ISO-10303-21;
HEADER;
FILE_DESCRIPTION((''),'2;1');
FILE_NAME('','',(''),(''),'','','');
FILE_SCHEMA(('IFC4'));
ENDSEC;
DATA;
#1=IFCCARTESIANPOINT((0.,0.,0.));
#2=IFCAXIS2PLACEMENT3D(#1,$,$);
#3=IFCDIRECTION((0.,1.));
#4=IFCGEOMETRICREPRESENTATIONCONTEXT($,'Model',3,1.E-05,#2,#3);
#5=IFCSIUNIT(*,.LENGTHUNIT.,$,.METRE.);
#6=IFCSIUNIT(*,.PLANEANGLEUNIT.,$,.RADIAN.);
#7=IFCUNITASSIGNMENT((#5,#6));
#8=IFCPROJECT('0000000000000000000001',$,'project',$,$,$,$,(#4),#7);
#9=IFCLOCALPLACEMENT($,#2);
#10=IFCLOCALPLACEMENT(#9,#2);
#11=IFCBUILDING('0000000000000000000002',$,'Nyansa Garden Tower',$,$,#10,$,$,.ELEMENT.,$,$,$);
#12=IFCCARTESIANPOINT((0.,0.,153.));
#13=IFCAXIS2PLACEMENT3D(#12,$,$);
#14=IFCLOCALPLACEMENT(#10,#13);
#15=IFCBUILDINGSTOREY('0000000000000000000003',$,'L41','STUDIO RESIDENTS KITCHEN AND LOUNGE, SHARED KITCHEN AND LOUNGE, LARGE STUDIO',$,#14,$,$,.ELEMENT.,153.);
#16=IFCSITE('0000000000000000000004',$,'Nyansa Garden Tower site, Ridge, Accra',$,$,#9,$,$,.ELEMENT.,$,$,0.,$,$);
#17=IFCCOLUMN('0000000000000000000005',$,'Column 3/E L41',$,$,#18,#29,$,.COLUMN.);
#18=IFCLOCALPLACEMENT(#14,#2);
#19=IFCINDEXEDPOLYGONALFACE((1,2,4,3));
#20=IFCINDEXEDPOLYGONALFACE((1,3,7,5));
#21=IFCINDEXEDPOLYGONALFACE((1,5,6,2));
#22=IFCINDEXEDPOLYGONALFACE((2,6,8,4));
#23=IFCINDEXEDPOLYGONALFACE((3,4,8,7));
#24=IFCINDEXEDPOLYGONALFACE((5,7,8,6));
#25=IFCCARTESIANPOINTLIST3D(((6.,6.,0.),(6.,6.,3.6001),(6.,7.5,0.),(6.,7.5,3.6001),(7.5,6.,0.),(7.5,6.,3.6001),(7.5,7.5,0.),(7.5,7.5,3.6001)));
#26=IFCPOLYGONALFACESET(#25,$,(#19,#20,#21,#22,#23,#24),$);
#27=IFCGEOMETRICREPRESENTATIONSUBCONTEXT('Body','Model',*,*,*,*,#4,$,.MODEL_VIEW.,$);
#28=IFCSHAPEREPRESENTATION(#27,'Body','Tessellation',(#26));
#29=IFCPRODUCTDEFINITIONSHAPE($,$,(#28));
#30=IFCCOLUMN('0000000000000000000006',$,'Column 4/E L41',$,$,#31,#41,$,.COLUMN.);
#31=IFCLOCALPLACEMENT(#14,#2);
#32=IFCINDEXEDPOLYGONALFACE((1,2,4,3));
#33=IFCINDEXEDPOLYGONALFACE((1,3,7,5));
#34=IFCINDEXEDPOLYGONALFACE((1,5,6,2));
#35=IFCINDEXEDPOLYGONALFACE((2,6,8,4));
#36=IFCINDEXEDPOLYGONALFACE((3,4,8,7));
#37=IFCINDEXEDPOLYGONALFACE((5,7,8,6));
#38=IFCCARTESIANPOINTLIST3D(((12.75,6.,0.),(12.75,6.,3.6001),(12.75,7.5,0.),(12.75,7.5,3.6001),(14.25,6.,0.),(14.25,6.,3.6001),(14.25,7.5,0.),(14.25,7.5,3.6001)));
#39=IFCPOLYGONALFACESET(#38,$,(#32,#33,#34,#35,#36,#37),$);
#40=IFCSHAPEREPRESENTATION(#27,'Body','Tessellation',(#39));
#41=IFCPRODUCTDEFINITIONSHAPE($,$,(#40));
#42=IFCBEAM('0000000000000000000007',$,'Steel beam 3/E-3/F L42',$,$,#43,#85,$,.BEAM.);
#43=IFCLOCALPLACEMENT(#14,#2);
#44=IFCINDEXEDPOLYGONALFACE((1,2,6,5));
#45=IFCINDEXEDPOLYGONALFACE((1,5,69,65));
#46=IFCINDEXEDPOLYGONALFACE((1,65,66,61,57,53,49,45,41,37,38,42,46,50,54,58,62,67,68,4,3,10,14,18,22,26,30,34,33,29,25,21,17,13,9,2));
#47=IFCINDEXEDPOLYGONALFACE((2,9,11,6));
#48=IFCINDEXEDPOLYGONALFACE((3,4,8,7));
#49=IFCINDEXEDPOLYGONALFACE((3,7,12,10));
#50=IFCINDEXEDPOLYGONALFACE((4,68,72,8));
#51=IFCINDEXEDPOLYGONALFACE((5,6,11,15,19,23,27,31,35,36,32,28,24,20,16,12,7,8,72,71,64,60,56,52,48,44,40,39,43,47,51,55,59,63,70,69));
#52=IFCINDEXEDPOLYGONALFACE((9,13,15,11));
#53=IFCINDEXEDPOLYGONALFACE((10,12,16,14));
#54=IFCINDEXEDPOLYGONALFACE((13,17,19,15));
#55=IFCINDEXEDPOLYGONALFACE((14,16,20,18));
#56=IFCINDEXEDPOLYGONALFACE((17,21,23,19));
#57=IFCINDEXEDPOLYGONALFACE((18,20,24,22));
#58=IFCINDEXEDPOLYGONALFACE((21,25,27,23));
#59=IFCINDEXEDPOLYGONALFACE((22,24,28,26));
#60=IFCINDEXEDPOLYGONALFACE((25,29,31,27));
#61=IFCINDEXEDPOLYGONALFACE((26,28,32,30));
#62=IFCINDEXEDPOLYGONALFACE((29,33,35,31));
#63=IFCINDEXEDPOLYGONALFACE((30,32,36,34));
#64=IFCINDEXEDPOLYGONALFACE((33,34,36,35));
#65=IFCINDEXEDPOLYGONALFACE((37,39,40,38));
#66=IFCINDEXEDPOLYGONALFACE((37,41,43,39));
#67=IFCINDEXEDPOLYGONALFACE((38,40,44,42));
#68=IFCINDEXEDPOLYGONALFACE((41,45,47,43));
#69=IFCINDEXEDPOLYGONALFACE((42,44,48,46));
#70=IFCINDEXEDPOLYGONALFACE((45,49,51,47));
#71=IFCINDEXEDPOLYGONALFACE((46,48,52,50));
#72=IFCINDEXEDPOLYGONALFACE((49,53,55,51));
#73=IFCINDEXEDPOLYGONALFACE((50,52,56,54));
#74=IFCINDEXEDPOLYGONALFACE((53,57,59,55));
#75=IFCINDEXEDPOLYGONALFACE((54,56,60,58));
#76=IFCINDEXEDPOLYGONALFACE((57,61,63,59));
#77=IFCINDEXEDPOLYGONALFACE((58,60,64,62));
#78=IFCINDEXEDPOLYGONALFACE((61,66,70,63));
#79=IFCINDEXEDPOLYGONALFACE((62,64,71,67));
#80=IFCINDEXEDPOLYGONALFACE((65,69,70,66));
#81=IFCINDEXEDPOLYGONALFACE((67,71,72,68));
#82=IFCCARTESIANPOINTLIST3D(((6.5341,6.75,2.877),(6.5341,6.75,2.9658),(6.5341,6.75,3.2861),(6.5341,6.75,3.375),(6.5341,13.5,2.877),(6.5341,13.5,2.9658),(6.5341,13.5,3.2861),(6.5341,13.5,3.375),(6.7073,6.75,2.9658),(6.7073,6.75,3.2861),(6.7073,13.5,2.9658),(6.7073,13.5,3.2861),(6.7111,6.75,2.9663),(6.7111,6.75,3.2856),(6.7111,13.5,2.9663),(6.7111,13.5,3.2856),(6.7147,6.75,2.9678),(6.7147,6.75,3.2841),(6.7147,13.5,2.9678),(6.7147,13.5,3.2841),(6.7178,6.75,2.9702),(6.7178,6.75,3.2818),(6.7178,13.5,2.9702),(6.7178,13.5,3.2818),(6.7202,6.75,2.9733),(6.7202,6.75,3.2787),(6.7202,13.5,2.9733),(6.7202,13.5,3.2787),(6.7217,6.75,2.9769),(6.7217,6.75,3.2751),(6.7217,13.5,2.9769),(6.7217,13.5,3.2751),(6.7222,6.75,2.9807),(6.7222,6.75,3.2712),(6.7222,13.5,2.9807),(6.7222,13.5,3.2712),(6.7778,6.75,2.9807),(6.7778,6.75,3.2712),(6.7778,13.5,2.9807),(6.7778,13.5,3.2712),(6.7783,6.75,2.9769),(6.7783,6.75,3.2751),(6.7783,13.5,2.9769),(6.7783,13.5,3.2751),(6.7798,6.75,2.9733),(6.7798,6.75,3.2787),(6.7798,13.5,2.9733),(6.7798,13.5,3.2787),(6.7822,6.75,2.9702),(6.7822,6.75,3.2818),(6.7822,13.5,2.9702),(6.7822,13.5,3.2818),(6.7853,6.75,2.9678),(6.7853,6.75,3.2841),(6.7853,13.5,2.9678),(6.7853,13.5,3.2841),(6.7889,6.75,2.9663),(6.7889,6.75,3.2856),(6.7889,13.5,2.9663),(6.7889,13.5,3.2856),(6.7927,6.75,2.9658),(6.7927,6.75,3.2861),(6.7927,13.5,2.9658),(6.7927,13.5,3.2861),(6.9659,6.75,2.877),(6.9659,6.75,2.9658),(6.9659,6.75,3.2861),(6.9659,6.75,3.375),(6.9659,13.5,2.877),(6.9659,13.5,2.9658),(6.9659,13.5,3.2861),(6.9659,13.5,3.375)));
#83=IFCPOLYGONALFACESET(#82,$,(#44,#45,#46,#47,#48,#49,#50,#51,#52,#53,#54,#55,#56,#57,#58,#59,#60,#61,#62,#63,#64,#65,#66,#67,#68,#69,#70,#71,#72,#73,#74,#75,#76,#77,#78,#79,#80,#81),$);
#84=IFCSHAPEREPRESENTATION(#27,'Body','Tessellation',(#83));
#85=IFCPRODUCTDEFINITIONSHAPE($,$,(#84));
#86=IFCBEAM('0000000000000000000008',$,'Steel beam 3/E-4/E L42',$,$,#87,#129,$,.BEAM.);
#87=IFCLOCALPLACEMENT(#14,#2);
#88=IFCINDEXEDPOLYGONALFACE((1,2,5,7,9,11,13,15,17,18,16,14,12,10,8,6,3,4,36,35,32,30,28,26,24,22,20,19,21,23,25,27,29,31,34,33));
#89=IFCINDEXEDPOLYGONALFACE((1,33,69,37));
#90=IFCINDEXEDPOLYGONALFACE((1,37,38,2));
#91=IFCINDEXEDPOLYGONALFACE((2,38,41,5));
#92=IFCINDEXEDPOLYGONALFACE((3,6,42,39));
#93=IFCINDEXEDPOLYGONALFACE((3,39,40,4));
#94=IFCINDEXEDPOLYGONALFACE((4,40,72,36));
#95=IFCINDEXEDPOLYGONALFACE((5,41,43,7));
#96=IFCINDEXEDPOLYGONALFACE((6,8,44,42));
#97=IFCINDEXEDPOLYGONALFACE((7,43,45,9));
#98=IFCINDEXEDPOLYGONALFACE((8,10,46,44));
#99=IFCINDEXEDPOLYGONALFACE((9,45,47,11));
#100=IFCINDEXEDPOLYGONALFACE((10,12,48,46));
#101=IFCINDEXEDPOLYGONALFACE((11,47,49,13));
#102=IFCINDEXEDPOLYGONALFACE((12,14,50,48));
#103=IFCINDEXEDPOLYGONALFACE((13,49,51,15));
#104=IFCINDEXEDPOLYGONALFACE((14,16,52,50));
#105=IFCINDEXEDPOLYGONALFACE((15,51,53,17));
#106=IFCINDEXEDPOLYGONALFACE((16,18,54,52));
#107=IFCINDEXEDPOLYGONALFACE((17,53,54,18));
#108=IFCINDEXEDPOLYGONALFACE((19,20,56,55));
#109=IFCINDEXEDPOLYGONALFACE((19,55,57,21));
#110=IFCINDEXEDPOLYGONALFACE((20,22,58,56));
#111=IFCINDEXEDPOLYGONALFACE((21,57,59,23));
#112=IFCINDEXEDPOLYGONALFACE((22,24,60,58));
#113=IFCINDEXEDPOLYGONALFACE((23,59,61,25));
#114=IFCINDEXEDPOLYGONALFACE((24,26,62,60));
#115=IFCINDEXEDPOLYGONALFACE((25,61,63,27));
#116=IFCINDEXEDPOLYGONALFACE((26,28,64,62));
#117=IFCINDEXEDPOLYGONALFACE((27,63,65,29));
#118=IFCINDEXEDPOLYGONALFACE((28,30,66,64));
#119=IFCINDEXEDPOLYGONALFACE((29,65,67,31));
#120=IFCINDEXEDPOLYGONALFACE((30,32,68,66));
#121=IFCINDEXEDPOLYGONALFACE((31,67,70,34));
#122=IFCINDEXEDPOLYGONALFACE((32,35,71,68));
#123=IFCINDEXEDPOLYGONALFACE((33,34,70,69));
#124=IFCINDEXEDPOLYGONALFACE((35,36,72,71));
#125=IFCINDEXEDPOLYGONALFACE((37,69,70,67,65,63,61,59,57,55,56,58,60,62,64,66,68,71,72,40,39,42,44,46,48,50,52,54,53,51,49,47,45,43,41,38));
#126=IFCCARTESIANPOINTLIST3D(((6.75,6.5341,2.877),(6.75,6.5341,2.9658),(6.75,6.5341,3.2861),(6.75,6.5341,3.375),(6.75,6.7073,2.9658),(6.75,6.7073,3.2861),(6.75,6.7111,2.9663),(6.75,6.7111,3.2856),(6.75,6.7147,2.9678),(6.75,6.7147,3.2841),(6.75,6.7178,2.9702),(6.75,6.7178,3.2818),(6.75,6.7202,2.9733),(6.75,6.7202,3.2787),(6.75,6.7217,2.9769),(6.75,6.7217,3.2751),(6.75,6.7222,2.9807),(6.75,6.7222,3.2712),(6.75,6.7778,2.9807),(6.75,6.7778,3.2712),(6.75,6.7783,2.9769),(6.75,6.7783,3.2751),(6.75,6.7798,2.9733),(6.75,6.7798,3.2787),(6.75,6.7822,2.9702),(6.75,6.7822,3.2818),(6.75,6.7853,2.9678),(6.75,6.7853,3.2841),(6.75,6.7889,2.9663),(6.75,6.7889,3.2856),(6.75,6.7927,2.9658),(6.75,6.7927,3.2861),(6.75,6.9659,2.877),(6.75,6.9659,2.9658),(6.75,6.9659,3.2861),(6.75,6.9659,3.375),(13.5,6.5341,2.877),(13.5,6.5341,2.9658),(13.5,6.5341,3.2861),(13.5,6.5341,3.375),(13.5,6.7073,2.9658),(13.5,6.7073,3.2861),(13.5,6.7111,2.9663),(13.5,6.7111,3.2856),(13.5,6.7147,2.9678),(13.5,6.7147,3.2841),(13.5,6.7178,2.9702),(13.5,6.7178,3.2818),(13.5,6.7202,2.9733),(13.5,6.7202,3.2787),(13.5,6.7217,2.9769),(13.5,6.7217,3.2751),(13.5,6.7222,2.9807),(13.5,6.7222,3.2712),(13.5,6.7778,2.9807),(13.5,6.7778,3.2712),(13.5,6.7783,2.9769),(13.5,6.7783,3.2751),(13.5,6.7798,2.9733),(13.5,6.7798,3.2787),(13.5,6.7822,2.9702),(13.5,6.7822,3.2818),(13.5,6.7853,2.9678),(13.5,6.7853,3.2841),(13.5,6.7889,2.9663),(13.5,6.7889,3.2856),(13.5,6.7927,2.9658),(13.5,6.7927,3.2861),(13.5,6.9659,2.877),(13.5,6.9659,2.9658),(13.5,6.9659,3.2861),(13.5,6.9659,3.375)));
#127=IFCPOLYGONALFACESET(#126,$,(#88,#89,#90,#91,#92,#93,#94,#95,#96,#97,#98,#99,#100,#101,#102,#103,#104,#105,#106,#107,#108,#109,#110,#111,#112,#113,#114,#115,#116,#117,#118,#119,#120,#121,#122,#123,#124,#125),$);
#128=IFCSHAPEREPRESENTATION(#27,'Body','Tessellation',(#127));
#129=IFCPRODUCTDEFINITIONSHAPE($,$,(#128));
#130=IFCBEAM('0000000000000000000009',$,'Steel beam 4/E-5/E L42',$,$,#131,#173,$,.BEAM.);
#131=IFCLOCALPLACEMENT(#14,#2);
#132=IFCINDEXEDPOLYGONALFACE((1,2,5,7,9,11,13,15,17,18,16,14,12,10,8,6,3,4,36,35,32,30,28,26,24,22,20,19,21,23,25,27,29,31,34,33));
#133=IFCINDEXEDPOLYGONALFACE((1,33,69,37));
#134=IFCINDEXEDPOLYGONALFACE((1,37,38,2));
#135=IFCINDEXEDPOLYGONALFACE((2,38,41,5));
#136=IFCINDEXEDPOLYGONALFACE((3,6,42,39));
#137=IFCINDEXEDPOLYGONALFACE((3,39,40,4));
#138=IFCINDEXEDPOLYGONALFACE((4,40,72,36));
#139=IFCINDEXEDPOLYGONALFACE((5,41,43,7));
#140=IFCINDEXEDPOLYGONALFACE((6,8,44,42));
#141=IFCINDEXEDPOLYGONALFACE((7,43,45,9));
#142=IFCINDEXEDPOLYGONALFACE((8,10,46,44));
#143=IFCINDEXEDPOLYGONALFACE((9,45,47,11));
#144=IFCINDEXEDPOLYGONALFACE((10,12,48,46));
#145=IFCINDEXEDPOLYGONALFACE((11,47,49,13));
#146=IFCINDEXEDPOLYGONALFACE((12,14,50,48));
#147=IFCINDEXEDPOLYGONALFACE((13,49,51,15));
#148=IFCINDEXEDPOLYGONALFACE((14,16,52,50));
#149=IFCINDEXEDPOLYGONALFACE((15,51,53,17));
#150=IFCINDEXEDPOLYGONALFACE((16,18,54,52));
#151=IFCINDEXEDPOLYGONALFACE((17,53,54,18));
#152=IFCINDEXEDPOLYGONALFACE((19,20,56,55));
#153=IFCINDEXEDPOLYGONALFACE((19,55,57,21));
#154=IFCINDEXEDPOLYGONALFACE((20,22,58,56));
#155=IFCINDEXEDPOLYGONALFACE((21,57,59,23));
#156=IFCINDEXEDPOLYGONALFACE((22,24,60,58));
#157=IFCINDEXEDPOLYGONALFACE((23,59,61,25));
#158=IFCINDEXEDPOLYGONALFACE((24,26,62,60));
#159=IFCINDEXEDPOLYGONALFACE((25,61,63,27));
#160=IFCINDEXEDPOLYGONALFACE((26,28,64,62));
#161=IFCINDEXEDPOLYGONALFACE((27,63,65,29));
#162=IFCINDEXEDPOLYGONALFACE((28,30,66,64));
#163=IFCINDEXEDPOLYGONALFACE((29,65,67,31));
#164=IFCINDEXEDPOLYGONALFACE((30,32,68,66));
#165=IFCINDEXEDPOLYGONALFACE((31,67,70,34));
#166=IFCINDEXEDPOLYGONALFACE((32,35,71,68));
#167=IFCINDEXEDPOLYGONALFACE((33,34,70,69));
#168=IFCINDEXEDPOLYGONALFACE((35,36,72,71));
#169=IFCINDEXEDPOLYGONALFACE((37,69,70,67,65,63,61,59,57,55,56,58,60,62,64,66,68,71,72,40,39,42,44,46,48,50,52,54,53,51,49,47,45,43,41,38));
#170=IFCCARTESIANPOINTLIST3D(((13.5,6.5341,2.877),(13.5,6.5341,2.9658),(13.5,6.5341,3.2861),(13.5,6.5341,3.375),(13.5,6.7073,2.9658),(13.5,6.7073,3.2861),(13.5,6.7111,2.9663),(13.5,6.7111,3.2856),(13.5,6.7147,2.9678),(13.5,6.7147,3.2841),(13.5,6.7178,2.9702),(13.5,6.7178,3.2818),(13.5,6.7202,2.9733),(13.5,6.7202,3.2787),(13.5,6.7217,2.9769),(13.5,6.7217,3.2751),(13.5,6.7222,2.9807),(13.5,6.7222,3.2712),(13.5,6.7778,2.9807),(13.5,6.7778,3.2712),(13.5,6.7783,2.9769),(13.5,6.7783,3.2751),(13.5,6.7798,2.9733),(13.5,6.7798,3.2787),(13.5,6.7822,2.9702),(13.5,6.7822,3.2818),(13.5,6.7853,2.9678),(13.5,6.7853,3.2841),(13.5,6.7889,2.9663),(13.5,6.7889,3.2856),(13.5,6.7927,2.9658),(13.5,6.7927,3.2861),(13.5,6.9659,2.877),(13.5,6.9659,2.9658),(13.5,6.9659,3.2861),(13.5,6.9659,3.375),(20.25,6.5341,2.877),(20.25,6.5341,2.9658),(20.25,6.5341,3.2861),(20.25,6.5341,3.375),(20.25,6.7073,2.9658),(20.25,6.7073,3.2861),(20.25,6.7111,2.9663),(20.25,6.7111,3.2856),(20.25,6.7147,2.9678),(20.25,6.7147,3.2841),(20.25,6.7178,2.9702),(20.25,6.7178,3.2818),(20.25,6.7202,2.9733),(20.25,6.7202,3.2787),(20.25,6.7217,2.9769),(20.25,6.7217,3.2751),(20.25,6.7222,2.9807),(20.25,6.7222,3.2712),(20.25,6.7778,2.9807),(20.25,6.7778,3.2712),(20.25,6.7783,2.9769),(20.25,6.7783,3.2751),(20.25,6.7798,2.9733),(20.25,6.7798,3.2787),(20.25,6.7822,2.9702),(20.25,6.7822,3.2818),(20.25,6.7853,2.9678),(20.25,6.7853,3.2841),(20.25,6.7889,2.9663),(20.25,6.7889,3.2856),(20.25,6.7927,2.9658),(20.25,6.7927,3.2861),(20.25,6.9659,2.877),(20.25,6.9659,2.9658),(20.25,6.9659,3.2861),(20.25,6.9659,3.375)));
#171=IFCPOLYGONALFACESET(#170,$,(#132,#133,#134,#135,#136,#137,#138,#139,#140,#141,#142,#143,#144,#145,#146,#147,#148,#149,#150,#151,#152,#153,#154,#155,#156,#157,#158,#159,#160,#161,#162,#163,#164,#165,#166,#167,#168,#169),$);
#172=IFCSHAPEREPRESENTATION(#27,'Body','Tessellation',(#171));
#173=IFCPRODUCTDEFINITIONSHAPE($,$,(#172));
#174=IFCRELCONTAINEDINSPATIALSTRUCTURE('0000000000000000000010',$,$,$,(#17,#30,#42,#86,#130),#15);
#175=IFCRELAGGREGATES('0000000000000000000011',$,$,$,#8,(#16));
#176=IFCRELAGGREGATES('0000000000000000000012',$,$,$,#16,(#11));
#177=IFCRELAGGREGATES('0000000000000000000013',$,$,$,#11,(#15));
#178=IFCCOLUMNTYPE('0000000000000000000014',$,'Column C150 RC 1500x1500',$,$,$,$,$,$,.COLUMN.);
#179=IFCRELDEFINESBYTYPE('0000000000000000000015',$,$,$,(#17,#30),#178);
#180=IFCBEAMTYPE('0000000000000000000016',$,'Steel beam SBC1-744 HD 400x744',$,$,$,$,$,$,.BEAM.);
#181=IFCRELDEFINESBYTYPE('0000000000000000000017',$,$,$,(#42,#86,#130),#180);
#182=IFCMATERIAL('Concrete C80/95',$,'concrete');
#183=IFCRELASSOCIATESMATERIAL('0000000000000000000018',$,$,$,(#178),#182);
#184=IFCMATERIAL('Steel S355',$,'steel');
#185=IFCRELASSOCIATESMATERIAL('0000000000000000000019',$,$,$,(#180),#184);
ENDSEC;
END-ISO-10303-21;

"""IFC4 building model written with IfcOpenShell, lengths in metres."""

from ifc_helpers import new_model, si_unit, direction, frame, origin, origin_2d, place, context, subcontext, project, spatial, rectangle, i_section, extrude, material, material_profile, profile_set, type_object, element, save


model = new_model("IFC4")

# Units and contexts
model_context = context("Model", 3, precision=1e-05, world=origin(), true_north=direction((0.0, 1.0)))
body_context = subcontext(model_context, "Body", "Model", "MODEL_VIEW")
ifc_project = project(units=[si_unit("LENGTHUNIT", "METRE"), si_unit("PLANEANGLEUNIT", "RADIAN")], contexts=[model_context])

# Site, building, storey
site_placement = place(None, origin())
site = spatial("IfcSite", under=ifc_project, at=site_placement, Name="Nyansa Garden Tower site, Ridge, Accra", CompositionType="ELEMENT", RefElevation=0.0)
building_placement = place(site_placement, origin())
building = spatial("IfcBuilding", under=site, at=building_placement, Name="Nyansa Garden Tower", CompositionType="ELEMENT")
storey_placement = place(building_placement, frame((0.0, 0.0, 153.0)))
storey = spatial("IfcBuildingStorey", under=building, at=storey_placement, Name="L41", Description="STUDIO RESIDENTS KITCHEN AND LOUNGE, SHARED KITCHEN AND LOUNGE, LARGE STUDIO", CompositionType="ELEMENT", Elevation=153.0)

# Columns
ifc_material_1 = material(Name="Concrete C80/95", Category="concrete")
ifc_material_profile_1 = material_profile(ifc_material_1, rectangle(XDim=1.5, YDim=1.5, at=origin_2d()), Name="RC 1500x1500")
ifc_profile_set_1 = profile_set([ifc_material_profile_1], Name="Concrete C80/95")
column_type = type_object("IfcColumnType", Name="Column C150 RC 1500x1500", PredefinedType="COLUMN", material=ifc_profile_set_1)
for number, where, z_axis, x_axis, name in (
    (1, (6.75, 6.75, 0.0), (0.0, 0.0, 1.0), (1.0, 0.0, 0.0), "Column 3/E L41"),
    (2, (13.5, 6.75, 0.0), (0.0, 0.0, 1.0), (1.0, 0.0, 0.0), "Column 4/E L41"),
):
    element("IfcColumn", number, at=place(storey_placement, frame(where, z_axis=z_axis, x_axis=x_axis)), inside=storey, type_object=column_type, Name=name, PredefinedType="COLUMN", context=body_context, shape_type="SweptSolid", body=[
        extrude(rectangle(XDim=1.5, YDim=1.5, at=origin_2d()), origin(), (0.0, 0.0, 1.0), 3.6001),
    ])

# Beams
ifc_material_2 = material(Name="Steel S355", Category="steel")
ifc_material_profile_2 = material_profile(ifc_material_2, i_section(OverallWidth=0.4319, OverallDepth=0.498, WebThickness=0.0557, FlangeThickness=0.0889, FilletRadius=0.0149, at=origin_2d()), Name="HD 400x744")
ifc_profile_set_2 = profile_set([ifc_material_profile_2], Name="Steel S355")
beam_type_1 = type_object("IfcBeamType", Name="Steel beam SBC1-744 HD 400x744", PredefinedType="BEAM", material=ifc_profile_set_2)
for number, where, z_axis, x_axis, name in (
    (3, (6.75, 6.75, 3.126), (0.0, 1.0, 0.0), (-1.0, 0.0, 0.0), "Steel beam 3/E-3/F L42"),
    (4, (6.75, 6.75, 3.126), (1.0, 0.0, 0.0), (0.0, 1.0, 0.0), "Steel beam 3/E-4/E L42"),
    (5, (13.5, 6.75, 3.126), (1.0, 0.0, 0.0), (0.0, 1.0, 0.0), "Steel beam 4/E-5/E L42"),
):
    element("IfcBeam", number, at=place(storey_placement, frame(where, z_axis=z_axis, x_axis=x_axis)), inside=storey, type_object=beam_type_1, Name=name, PredefinedType="BEAM", context=body_context, shape_type="SweptSolid", body=[
        extrude(i_section(OverallWidth=0.4319, OverallDepth=0.498, WebThickness=0.0557, FlangeThickness=0.0889, FilletRadius=0.0149, at=origin_2d()), origin(), (0.0, 0.0, 1.0), 6.75),
    ])

save(model, "model.ifc")
